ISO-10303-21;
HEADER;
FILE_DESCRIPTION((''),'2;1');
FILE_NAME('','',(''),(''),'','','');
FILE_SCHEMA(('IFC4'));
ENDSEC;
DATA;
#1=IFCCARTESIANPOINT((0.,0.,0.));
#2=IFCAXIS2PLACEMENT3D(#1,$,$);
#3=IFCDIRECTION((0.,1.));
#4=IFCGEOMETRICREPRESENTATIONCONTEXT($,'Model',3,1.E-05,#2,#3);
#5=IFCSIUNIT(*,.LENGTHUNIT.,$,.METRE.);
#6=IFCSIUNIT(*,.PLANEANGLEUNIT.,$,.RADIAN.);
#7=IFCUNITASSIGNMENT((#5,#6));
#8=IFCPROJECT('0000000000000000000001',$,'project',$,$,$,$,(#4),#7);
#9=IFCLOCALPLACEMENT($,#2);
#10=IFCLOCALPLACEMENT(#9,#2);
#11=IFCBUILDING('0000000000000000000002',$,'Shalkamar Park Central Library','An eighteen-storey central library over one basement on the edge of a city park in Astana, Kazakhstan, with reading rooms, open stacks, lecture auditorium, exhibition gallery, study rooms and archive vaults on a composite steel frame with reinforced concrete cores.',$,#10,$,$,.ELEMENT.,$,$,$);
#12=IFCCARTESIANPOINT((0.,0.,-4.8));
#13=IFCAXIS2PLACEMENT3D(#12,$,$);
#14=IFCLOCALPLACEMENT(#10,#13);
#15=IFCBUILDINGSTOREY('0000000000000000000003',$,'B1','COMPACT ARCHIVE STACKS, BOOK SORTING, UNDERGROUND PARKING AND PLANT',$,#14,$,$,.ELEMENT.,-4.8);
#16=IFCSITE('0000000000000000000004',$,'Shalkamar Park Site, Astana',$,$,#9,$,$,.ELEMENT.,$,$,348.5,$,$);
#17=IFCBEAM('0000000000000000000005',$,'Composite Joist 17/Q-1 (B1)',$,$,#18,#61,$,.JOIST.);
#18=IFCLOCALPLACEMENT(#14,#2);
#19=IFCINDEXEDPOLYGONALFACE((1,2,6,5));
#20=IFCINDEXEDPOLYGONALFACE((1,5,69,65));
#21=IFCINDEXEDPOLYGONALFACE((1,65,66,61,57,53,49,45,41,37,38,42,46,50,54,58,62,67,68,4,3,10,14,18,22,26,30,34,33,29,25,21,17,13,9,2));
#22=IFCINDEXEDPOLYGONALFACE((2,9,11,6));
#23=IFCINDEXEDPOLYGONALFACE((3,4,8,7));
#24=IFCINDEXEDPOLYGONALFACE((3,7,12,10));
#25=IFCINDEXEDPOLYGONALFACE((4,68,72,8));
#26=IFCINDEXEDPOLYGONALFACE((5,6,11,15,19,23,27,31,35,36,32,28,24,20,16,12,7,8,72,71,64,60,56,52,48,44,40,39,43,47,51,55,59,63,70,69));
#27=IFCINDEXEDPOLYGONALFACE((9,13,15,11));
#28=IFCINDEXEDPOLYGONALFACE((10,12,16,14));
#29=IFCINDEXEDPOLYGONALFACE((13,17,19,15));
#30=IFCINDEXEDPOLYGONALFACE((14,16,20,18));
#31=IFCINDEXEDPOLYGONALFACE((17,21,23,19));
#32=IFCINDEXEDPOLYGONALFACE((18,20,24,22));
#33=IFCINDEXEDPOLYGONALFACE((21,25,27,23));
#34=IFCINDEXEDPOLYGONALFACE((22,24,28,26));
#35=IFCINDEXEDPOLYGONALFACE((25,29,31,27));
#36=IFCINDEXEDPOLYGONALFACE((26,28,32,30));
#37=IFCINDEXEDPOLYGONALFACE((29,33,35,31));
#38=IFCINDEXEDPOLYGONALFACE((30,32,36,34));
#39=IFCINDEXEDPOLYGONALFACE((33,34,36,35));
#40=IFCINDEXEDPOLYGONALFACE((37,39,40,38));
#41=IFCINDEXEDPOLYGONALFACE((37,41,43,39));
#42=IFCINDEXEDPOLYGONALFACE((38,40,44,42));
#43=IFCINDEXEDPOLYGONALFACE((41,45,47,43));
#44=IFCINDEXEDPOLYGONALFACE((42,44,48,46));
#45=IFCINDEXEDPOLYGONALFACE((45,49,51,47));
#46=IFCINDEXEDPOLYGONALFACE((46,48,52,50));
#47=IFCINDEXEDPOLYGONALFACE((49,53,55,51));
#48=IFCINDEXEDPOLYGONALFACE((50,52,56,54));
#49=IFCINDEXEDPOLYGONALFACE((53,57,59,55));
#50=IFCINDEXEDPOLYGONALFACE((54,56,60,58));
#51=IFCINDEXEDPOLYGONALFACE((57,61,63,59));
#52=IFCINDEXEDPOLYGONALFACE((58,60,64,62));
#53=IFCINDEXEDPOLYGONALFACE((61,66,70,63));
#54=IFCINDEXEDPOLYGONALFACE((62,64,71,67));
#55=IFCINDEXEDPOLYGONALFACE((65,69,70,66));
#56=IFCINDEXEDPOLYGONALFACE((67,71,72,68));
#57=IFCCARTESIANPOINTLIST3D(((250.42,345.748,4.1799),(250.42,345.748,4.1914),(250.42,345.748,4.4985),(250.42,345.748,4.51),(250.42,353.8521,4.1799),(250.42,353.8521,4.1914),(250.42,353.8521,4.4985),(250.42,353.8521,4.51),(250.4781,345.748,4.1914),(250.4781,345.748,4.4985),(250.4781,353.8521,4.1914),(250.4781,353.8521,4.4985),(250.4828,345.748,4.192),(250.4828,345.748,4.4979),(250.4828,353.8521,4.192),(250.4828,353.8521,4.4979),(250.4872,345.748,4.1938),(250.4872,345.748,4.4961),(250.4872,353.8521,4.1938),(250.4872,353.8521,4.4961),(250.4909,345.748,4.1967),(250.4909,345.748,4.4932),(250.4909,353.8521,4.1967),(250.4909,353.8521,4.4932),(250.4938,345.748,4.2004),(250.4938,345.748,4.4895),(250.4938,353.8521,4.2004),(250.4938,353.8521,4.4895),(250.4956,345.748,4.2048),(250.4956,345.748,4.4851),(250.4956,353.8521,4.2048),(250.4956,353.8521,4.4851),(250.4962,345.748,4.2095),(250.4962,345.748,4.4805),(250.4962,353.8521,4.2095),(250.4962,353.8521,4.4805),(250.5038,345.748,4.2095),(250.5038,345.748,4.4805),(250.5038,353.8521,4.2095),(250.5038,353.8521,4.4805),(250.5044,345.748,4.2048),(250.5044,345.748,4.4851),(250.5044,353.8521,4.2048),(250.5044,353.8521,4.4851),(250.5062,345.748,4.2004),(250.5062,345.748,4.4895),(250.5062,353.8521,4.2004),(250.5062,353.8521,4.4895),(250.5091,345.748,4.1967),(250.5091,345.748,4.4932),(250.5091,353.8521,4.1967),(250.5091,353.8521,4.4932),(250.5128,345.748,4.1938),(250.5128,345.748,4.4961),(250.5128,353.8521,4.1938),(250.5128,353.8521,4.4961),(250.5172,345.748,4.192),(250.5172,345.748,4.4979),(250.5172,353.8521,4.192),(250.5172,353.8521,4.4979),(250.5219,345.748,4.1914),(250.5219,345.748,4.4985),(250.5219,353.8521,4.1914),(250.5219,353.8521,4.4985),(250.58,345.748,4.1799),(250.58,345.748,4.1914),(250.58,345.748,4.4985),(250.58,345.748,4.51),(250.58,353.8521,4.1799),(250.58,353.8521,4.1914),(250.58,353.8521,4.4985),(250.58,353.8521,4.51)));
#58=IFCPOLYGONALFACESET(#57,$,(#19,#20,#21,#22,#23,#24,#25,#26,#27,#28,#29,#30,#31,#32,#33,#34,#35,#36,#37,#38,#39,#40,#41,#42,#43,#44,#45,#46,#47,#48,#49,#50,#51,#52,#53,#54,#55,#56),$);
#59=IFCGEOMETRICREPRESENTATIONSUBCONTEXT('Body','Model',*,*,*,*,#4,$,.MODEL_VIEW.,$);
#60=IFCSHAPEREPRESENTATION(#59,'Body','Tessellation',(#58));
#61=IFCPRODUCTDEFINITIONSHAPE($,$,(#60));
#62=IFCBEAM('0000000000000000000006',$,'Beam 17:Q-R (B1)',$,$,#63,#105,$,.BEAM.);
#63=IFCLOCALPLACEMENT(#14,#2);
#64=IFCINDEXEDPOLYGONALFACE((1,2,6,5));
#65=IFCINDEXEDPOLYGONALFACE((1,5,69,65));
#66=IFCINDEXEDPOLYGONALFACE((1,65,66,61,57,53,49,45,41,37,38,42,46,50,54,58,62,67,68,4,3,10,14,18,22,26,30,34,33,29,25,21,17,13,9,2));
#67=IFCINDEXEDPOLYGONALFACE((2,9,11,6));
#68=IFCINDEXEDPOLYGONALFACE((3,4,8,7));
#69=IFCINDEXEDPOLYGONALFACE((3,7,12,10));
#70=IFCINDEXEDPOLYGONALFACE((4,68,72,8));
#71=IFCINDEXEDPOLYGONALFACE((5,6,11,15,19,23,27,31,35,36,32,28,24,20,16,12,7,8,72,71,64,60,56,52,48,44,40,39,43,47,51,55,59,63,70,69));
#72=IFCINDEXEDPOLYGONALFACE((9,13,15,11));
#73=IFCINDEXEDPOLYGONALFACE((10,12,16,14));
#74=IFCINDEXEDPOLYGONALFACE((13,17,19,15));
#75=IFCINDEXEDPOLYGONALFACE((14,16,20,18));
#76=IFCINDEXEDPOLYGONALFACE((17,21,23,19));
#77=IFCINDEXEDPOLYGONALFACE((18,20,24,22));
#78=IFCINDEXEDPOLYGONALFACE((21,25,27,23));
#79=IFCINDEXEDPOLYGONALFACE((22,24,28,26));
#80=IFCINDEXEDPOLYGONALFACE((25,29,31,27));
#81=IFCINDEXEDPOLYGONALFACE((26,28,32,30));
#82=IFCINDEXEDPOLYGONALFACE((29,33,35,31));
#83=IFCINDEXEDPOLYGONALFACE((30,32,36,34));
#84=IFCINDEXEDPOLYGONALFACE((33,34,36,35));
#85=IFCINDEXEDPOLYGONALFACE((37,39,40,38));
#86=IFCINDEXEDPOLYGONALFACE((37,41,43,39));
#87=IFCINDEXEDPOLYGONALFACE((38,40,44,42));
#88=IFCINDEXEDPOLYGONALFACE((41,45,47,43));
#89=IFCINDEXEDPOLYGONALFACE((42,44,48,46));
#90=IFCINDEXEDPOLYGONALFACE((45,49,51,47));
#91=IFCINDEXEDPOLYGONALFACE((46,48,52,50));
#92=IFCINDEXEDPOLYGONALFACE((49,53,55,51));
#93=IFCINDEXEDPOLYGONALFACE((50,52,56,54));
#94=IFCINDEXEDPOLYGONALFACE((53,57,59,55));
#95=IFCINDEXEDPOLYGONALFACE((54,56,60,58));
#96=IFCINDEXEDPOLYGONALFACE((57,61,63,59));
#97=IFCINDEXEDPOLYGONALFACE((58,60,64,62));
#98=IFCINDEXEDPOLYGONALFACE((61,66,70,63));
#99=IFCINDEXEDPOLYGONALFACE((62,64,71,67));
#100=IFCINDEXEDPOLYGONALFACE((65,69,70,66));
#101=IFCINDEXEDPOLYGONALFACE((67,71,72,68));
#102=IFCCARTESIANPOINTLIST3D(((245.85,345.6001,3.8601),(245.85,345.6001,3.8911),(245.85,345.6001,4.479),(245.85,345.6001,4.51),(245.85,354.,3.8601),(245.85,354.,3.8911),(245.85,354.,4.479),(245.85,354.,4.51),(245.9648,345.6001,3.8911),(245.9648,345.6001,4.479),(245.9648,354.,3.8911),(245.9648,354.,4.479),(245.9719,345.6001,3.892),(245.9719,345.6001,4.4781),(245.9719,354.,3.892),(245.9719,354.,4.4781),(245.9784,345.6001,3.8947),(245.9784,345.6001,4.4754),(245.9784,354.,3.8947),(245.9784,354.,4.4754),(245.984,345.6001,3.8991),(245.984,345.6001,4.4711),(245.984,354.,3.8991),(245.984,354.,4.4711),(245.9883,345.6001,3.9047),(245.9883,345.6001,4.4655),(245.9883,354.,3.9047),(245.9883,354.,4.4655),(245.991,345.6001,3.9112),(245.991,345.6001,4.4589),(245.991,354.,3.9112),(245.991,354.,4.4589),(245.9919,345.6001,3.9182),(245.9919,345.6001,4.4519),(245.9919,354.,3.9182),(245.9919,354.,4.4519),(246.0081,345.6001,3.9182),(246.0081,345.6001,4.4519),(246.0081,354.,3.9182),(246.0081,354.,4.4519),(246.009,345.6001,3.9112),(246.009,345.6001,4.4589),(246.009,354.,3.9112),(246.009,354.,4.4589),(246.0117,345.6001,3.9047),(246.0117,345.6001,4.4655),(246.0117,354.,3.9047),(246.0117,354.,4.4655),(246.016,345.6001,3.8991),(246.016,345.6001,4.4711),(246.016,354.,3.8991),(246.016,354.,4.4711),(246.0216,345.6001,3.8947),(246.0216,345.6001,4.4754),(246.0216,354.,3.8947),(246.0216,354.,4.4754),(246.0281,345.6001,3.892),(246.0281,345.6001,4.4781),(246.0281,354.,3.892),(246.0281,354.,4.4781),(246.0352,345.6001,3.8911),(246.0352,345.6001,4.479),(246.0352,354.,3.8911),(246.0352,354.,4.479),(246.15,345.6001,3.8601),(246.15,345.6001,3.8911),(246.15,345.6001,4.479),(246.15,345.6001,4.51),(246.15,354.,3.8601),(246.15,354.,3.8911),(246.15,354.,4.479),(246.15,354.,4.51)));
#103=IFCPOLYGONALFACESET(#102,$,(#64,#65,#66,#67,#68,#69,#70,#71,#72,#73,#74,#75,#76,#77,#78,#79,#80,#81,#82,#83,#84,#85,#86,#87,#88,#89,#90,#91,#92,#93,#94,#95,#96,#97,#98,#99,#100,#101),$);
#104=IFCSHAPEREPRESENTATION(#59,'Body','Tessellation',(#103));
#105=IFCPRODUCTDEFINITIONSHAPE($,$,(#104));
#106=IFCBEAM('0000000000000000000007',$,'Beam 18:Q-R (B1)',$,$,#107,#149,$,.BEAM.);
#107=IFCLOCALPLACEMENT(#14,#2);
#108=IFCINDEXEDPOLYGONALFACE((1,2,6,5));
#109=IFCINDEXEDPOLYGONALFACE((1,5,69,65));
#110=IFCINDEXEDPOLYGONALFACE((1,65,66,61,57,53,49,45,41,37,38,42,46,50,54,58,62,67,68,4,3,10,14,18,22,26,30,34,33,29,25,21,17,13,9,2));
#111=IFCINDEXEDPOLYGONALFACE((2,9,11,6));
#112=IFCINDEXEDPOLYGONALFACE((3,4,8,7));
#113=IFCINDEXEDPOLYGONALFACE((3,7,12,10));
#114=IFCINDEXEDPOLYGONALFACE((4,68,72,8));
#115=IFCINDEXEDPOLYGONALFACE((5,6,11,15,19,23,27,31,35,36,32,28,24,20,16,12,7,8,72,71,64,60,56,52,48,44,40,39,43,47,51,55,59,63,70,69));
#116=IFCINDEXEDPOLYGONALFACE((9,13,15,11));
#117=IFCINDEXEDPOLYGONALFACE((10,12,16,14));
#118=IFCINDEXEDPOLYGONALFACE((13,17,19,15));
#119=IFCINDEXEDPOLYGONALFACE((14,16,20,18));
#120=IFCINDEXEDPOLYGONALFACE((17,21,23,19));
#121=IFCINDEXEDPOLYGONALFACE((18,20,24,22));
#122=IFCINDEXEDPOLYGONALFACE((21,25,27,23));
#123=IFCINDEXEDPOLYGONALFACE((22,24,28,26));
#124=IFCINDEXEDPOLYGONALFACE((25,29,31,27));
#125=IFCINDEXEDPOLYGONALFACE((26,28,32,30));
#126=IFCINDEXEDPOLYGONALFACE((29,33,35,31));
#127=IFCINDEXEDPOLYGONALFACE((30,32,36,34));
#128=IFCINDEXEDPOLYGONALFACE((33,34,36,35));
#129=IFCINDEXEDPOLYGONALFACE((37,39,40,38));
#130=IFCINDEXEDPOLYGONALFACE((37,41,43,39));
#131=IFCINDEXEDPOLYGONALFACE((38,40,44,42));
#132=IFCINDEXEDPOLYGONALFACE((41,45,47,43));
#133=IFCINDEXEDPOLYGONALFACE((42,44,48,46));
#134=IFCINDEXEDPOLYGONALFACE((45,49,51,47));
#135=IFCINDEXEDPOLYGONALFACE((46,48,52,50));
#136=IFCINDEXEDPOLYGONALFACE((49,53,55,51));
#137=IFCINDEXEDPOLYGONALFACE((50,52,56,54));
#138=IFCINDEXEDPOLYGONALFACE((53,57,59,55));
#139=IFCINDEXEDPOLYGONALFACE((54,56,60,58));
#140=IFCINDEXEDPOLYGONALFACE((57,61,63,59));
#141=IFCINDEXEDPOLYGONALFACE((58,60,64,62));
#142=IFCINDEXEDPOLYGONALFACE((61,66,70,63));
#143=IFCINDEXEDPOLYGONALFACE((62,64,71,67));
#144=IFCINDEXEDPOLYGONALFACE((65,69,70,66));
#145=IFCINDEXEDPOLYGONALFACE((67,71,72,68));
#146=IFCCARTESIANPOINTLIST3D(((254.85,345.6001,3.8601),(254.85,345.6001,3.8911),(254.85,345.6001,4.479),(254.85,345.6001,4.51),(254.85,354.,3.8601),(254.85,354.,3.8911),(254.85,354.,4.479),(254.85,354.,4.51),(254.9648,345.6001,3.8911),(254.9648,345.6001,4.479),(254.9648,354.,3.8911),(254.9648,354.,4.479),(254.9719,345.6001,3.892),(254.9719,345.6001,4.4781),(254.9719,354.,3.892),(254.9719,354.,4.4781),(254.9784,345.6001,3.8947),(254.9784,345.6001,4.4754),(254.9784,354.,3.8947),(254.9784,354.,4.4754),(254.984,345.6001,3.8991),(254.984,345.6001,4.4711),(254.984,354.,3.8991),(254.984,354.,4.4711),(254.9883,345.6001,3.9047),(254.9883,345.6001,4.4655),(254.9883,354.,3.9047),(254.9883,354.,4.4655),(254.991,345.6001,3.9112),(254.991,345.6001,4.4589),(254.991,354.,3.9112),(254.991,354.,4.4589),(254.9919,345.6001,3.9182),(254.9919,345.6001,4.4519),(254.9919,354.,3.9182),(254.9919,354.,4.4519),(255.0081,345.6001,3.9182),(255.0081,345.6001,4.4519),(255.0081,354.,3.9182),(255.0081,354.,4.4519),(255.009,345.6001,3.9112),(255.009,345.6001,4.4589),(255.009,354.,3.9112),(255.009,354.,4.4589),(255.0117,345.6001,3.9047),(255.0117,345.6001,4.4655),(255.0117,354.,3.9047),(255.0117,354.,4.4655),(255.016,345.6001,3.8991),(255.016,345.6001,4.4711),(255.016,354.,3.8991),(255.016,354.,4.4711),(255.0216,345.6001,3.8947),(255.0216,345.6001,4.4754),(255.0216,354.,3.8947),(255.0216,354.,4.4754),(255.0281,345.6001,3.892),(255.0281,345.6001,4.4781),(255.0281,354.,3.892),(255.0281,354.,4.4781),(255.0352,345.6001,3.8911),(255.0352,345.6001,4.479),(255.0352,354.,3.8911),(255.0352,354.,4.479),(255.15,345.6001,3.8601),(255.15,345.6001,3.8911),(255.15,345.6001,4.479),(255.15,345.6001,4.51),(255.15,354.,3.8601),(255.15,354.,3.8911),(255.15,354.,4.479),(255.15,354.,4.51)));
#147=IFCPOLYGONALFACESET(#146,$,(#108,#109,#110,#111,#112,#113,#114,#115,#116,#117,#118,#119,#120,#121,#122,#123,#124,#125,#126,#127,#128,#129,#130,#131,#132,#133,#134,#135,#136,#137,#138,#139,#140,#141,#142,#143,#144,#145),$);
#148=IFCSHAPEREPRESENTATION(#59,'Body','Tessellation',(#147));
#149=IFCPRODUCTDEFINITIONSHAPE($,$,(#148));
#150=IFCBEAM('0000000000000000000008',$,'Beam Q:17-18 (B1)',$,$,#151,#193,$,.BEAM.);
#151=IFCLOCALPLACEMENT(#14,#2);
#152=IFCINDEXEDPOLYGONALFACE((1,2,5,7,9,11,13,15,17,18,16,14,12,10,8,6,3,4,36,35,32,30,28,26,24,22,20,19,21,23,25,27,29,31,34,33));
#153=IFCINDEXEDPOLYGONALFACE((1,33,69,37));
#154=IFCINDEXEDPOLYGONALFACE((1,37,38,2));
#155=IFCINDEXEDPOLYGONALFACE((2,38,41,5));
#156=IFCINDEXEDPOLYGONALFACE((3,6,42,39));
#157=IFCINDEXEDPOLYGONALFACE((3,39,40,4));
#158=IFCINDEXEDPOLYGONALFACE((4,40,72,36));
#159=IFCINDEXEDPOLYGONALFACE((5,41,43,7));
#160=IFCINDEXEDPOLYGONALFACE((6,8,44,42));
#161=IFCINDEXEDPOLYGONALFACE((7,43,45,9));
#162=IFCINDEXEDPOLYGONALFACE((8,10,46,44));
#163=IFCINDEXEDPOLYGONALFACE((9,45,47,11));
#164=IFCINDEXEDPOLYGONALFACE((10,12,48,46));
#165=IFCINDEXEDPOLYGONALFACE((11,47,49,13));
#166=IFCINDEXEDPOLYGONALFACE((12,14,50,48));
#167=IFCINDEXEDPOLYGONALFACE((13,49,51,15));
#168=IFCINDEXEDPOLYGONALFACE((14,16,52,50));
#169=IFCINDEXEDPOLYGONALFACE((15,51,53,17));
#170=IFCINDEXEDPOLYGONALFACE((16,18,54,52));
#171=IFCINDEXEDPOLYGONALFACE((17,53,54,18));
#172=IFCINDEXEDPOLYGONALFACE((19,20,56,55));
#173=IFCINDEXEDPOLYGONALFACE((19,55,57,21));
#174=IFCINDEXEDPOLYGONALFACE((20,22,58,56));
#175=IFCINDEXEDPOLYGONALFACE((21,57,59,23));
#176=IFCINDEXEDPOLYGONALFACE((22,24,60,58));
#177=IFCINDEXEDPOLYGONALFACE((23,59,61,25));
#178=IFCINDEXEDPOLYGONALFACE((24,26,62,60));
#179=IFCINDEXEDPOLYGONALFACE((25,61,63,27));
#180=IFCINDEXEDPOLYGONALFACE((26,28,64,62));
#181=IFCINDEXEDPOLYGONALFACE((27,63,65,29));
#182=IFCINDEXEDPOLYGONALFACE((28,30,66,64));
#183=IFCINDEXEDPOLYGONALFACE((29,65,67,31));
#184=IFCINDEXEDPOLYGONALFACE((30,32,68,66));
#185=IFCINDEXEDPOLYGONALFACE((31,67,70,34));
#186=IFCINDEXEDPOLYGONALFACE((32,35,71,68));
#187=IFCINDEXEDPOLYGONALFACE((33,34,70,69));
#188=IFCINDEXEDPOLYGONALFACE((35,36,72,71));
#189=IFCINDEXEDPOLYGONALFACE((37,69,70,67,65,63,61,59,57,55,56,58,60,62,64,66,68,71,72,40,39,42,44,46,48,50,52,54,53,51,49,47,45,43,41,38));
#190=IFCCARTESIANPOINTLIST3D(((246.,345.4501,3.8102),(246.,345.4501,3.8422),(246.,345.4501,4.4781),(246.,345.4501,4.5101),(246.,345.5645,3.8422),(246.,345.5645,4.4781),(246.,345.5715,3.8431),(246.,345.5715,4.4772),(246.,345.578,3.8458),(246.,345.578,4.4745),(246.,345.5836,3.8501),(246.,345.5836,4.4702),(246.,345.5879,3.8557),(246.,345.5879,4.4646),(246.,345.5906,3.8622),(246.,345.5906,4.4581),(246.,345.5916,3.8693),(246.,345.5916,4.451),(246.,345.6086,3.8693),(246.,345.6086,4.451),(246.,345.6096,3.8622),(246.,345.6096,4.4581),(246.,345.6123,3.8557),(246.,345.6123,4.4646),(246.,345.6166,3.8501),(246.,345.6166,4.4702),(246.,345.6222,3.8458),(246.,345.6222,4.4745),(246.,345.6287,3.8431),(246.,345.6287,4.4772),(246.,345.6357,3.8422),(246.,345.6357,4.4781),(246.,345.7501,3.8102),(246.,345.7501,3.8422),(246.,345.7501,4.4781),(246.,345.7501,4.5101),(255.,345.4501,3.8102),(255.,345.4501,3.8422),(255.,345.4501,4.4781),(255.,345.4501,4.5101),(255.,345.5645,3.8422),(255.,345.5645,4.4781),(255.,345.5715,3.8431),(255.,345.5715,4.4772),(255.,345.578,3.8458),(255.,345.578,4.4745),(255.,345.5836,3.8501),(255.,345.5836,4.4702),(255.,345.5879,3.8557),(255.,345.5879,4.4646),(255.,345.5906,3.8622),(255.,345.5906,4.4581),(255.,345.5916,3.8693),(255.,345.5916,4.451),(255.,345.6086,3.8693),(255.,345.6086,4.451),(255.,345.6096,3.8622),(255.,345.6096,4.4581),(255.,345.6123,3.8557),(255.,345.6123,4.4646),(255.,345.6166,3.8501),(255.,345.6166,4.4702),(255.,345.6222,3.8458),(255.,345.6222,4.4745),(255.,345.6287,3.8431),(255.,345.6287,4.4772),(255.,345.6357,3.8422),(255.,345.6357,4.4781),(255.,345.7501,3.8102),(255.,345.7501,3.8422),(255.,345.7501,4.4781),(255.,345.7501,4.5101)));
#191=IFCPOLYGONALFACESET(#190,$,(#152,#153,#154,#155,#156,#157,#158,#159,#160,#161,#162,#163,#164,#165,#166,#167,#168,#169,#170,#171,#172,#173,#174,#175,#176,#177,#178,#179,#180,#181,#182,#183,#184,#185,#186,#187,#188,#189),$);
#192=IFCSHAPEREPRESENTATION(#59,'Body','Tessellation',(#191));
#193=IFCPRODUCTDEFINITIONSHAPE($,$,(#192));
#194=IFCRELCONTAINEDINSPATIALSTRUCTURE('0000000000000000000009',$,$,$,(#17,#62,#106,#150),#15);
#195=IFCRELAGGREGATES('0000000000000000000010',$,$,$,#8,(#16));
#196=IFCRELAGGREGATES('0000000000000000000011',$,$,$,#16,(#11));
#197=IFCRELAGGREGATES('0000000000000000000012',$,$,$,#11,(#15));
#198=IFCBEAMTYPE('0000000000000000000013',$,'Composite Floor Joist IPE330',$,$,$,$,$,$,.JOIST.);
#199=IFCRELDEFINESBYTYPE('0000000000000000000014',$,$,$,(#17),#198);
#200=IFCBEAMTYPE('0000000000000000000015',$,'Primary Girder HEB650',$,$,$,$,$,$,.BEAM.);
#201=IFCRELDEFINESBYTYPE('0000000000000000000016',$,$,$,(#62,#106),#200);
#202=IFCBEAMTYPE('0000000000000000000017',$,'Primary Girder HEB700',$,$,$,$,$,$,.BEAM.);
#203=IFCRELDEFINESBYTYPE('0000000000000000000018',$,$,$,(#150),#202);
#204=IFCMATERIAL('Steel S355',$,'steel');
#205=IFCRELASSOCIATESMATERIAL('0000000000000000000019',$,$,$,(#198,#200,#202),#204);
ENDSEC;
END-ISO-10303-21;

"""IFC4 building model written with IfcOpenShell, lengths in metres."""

from ifc_helpers import new_model, si_unit, direction, frame, origin, origin_2d, place, context, subcontext, project, spatial, i_section, extrude, material, material_profile, profile_set, type_object, element, save


model = new_model("IFC4")

# Units and contexts
model_context = context("Model", 3, precision=1e-05, world=origin(), true_north=direction((0.0, 1.0)))
body_context = subcontext(model_context, "Body", "Model", "MODEL_VIEW")
ifc_project = project(units=[si_unit("LENGTHUNIT", "METRE"), si_unit("PLANEANGLEUNIT", "RADIAN")], contexts=[model_context])

# Site, building, storey
site_placement = place(None, origin())
site = spatial("IfcSite", under=ifc_project, at=site_placement, Name="Shalkamar Park Site, Astana", CompositionType="ELEMENT", RefElevation=348.5)
building_placement = place(site_placement, origin())
building = spatial("IfcBuilding", under=site, at=building_placement, Name="Shalkamar Park Central Library", Description="An eighteen-storey central library over one basement on the edge of a city park in Astana, Kazakhstan, with reading rooms, open stacks, lecture auditorium, exhibition gallery, study rooms and archive vaults on a composite steel frame with reinforced concrete cores.", CompositionType="ELEMENT")
storey_placement = place(building_placement, frame((0.0, 0.0, -4.8)))
storey = spatial("IfcBuildingStorey", under=building, at=storey_placement, Name="B1", Description="COMPACT ARCHIVE STACKS, BOOK SORTING, UNDERGROUND PARKING AND PLANT", CompositionType="ELEMENT", Elevation=-4.8)

# Shared definitions
ifc_material_1 = material(Name="Steel S355", Category="steel")

# Beams
ifc_material_profile_1 = material_profile(ifc_material_1, i_section(OverallWidth=0.1599, OverallDepth=0.3301, WebThickness=0.0076, FlangeThickness=0.0115, FilletRadius=0.0181, at=origin_2d()), Name="IPE 330")
ifc_profile_set_1 = profile_set([ifc_material_profile_1], Name="Steel S355")
beam_type_1 = type_object("IfcBeamType", Name="Composite Floor Joist IPE330", PredefinedType="JOIST", material=ifc_profile_set_1)
beam_1_placement = place(storey_placement, frame((250.5, 345.748, 4.345), z_axis=(0.0, 1.0, 0.0), x_axis=(-1.0, 0.0, 0.0)))
element("IfcBeam", 1, at=beam_1_placement, inside=storey, type_object=beam_type_1, Name="Composite Joist 17/Q-1 (B1)", PredefinedType="JOIST", context=body_context, shape_type="SweptSolid", body=[
    extrude(i_section(OverallWidth=0.1599, OverallDepth=0.3301, WebThickness=0.0076, FlangeThickness=0.0115, FilletRadius=0.0181, at=origin_2d()), origin(), (0.0, 0.0, 1.0), 8.104),
])
ifc_material_profile_2 = material_profile(ifc_material_1, i_section(OverallWidth=0.3, OverallDepth=0.6499, WebThickness=0.0161, FlangeThickness=0.031, FilletRadius=0.0271, at=origin_2d()), Name="HEB 650")
ifc_profile_set_2 = profile_set([ifc_material_profile_2], Name="Steel S355")
beam_type_2 = type_object("IfcBeamType", Name="Primary Girder HEB650", PredefinedType="BEAM", material=ifc_profile_set_2)
for number, where, z_axis, x_axis, name in (
    (2, (246.0, 345.6001, 4.1851), (0.0, 1.0, 0.0), (-1.0, 0.0, 0.0), "Beam 17:Q-R (B1)"),
    (3, (255.0, 345.6001, 4.1851), (0.0, 1.0, 0.0), (-1.0, 0.0, 0.0), "Beam 18:Q-R (B1)"),
):
    element("IfcBeam", number, at=place(storey_placement, frame(where, z_axis=z_axis, x_axis=x_axis)), inside=storey, type_object=beam_type_2, Name=name, PredefinedType="BEAM", context=body_context, shape_type="SweptSolid", body=[
        extrude(i_section(OverallWidth=0.3, OverallDepth=0.6499, WebThickness=0.0161, FlangeThickness=0.031, FilletRadius=0.0271, at=origin_2d()), origin(), (0.0, 0.0, 1.0), 8.3999),
    ])
ifc_material_profile_3 = material_profile(ifc_material_1, i_section(OverallWidth=0.3, OverallDepth=0.7, WebThickness=0.0171, FlangeThickness=0.032, FilletRadius=0.0271, at=origin_2d()), Name="HEB 700")
ifc_profile_set_3 = profile_set([ifc_material_profile_3], Name="Steel S355")
beam_type_3 = type_object("IfcBeamType", Name="Primary Girder HEB700", PredefinedType="BEAM", material=ifc_profile_set_3)
for number, where, z_axis, x_axis, name in (
    (4, (246.0, 345.6001, 4.1602), (1.0, 0.0, 0.0), (0.0, 1.0, 0.0), "Beam Q:17-18 (B1)"),
):
    element("IfcBeam", number, at=place(storey_placement, frame(where, z_axis=z_axis, x_axis=x_axis)), inside=storey, type_object=beam_type_3, Name=name, PredefinedType="BEAM", context=body_context, shape_type="SweptSolid", body=[
        extrude(i_section(OverallWidth=0.3, OverallDepth=0.7, WebThickness=0.0171, FlangeThickness=0.032, FilletRadius=0.0271, at=origin_2d()), origin(), (0.0, 0.0, 1.0), 9.0),
    ])

save(model, "model.ifc")
